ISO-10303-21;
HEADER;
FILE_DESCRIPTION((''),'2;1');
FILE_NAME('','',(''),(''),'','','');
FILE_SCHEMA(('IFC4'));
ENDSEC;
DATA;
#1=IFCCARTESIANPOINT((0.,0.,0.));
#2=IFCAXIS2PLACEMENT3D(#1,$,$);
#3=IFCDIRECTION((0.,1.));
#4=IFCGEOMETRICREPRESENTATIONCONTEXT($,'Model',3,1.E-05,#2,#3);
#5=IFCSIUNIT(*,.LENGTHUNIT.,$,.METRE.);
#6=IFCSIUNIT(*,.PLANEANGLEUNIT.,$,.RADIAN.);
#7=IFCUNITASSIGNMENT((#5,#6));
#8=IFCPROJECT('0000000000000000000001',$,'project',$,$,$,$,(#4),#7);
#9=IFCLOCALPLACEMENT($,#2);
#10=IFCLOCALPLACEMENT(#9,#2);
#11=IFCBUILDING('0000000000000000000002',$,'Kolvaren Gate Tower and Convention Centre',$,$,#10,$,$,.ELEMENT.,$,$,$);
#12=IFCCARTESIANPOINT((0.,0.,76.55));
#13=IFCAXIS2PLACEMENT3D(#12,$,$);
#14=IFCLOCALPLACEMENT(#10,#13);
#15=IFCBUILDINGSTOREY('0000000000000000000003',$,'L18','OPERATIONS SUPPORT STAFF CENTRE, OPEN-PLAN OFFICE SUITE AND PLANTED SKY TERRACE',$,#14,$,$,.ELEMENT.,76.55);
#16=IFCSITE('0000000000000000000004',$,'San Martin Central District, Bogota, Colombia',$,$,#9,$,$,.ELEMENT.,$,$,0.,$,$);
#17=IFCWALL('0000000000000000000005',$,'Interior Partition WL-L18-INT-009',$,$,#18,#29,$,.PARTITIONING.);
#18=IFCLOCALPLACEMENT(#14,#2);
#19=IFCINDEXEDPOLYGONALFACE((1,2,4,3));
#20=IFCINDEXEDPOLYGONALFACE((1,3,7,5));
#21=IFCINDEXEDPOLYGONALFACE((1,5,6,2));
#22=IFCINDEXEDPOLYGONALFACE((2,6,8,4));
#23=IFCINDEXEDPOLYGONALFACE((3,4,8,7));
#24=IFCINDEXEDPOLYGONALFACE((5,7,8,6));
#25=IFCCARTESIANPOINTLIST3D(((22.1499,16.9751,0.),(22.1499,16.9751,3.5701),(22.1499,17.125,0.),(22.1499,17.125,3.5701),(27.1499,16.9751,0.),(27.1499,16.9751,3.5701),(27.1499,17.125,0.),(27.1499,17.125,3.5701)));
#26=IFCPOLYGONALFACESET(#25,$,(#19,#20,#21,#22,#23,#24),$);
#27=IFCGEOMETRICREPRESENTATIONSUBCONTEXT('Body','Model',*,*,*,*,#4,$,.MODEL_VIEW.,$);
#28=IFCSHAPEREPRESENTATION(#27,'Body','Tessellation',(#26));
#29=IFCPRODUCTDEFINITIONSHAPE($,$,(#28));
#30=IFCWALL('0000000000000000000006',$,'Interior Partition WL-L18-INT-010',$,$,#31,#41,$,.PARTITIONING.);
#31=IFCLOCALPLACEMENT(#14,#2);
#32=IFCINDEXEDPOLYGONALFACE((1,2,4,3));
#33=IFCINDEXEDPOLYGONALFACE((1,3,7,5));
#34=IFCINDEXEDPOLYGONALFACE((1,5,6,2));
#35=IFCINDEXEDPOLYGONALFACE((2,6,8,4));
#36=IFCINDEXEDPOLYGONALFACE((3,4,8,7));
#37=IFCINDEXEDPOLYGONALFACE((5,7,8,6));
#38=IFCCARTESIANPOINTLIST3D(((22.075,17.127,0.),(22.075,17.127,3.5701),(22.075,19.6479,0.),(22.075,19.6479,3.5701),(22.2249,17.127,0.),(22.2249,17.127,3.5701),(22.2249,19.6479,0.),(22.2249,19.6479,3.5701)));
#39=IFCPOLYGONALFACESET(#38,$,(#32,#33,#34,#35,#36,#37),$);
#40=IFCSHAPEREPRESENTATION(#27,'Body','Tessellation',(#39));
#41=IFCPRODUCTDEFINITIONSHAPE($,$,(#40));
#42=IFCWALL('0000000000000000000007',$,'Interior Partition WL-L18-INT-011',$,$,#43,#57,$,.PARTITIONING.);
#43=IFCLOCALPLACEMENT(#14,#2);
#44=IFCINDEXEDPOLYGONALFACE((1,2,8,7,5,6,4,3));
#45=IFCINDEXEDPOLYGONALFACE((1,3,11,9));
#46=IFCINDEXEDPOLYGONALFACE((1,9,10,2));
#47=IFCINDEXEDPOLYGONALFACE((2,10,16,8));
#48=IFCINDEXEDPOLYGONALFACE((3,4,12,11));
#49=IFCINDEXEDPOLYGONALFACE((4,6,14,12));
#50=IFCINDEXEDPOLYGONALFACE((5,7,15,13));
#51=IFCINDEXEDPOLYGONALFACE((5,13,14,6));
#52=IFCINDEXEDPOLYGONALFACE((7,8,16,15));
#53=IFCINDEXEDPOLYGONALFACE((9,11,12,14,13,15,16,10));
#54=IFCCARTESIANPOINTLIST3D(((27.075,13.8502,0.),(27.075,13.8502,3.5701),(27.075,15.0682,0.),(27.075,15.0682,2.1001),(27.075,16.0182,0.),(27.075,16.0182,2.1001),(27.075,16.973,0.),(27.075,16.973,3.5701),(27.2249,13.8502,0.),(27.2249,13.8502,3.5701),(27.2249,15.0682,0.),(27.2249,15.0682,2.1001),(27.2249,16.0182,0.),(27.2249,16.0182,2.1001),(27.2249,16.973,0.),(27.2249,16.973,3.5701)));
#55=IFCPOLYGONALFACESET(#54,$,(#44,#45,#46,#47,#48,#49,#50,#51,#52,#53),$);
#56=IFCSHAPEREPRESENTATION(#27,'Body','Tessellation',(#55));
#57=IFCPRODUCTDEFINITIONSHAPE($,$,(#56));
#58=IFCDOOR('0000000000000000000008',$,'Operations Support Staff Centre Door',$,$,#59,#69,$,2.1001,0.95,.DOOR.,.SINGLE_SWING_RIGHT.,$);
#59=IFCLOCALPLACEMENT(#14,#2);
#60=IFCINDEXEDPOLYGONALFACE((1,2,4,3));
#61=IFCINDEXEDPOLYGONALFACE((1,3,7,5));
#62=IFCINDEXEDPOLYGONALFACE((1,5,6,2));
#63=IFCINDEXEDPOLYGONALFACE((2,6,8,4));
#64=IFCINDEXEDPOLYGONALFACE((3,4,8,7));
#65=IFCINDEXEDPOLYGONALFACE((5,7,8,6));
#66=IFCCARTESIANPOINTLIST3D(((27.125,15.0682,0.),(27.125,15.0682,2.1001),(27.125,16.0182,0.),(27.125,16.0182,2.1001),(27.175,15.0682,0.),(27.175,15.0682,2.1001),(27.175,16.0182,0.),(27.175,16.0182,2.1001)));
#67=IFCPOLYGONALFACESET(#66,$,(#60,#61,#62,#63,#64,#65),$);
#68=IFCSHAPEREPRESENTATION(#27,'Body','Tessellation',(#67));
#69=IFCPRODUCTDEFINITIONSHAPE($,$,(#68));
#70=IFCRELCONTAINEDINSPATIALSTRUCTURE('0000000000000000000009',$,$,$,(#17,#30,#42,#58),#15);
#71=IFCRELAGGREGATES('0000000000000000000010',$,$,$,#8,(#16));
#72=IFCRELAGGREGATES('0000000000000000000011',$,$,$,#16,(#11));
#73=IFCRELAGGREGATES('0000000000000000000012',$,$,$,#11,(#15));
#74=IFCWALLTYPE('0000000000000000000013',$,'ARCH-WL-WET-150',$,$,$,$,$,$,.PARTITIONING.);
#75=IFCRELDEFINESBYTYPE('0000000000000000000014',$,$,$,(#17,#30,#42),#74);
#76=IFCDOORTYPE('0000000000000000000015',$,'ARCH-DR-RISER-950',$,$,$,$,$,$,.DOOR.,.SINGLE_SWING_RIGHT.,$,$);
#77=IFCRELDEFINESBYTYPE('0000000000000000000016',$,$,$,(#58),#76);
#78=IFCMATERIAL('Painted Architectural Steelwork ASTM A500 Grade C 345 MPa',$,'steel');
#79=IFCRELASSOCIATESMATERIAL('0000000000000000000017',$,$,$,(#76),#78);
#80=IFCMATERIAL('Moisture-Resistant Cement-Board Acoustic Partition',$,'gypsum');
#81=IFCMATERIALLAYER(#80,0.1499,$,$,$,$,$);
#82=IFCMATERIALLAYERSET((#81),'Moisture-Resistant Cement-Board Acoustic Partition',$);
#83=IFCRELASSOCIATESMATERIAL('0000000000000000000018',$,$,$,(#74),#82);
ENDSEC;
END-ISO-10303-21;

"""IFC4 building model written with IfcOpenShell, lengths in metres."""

from ifc_helpers import new_model, si_unit, direction, frame, frame_2d, origin, place, context, subcontext, project, spatial, rectangle, extrude, material, layer, layer_set, type_object, element, fill, save


model = new_model("IFC4")

# Units and contexts
model_context = context("Model", 3, precision=1e-05, world=origin(), true_north=direction((0.0, 1.0)))
body_context = subcontext(model_context, "Body", "Model", "MODEL_VIEW")
ifc_project = project(units=[si_unit("LENGTHUNIT", "METRE"), si_unit("PLANEANGLEUNIT", "RADIAN")], contexts=[model_context])

# Site, building, storey
site_placement = place(None, origin())
site = spatial("IfcSite", under=ifc_project, at=site_placement, Name="San Martin Central District, Bogota, Colombia", CompositionType="ELEMENT", RefElevation=0.0)
building_placement = place(site_placement, origin())
building = spatial("IfcBuilding", under=site, at=building_placement, Name="Kolvaren Gate Tower and Convention Centre", CompositionType="ELEMENT")
storey_placement = place(building_placement, frame((0.0, 0.0, 76.55)))
storey = spatial("IfcBuildingStorey", under=building, at=storey_placement, Name="L18", Description="OPERATIONS SUPPORT STAFF CENTRE, OPEN-PLAN OFFICE SUITE AND PLANTED SKY TERRACE", CompositionType="ELEMENT", Elevation=76.55)

# Shared definitions
ifc_material_1 = material(Name="Painted Architectural Steelwork ASTM A500 Grade C 345 MPa", Category="steel")
door_type = type_object("IfcDoorType", Name="ARCH-DR-RISER-950", OperationType="SINGLE_SWING_RIGHT", PredefinedType="DOOR", material=ifc_material_1)

# Walls
ifc_material_2 = material(Name="Moisture-Resistant Cement-Board Acoustic Partition", Category="gypsum")
ifc_layer_1 = layer(ifc_material_2, 0.1499)
ifc_layer_set_1 = layer_set([ifc_layer_1], Name="Moisture-Resistant Cement-Board Acoustic Partition")
wall_type_1 = type_object("IfcWallType", Name="ARCH-WL-WET-150", PredefinedType="PARTITIONING", material=ifc_layer_set_1)
wall_1_placement = place(storey_placement, frame((22.1499, 17.05, 0.0), z_axis=(0.0, 0.0, 1.0), x_axis=(1.0, 0.0, 0.0)))
element("IfcWall", 1, at=wall_1_placement, inside=storey, type_object=wall_type_1, Name="Interior Partition WL-L18-INT-009", PredefinedType="PARTITIONING", context=body_context, shape_type="SweptSolid", body=[
    extrude(rectangle(XDim=5.0, YDim=0.1499, at=frame_2d((2.5, 0.0))), origin(), (0.0, 0.0, 1.0), 3.5701),
])
wall_2_placement = place(storey_placement, frame((22.1499, 17.127, 0.0), z_axis=(0.0, 0.0, 1.0), x_axis=(0.0, 1.0, 0.0)))
element("IfcWall", 2, at=wall_2_placement, inside=storey, type_object=wall_type_1, Name="Interior Partition WL-L18-INT-010", PredefinedType="PARTITIONING", context=body_context, shape_type="SweptSolid", body=[
    extrude(rectangle(XDim=2.521, YDim=0.1499, at=frame_2d((1.2605, 0.0))), origin(), (0.0, 0.0, 1.0), 3.5701),
])

# Wall, opening, door
wall_3_placement = place(storey_placement, frame((27.1499, 13.8501, 0.0), z_axis=(0.0, 0.0, 1.0), x_axis=(0.0, 1.0, 0.0)))
wall_3 = element("IfcWall", 3, at=wall_3_placement, inside=storey, type_object=wall_type_1, Name="Interior Partition WL-L18-INT-011", PredefinedType="PARTITIONING", context=body_context, shape_type="SweptSolid", body=[
    extrude(rectangle(XDim=3.1228, YDim=0.1499, at=frame_2d((1.5615, 0.0))), origin(), (0.0, 0.0, 1.0), 3.5701),
])
opening_1_placement = place(wall_3_placement, frame((1.218, 0.0, 0.0)))
opening_1 = element("IfcOpeningElement", 4, at=opening_1_placement, cuts=wall_3, PredefinedType="OPENING", context=body_context, shape_type="SweptSolid", body=[
    extrude(rectangle(XDim=0.95, YDim=2.1001, at=frame_2d((0.4751, 1.05))), frame((0.0, 0.085, 0.0), z_axis=(0.0, -1.0, 0.0), x_axis=(1.0, 0.0, 0.0)), (0.0, 0.0, 1.0), 0.1699),
])
door_1_placement = place(opening_1_placement, origin())
door_1 = element("IfcDoor", 5, at=door_1_placement, inside=storey, type_object=door_type, Name="Operations Support Staff Centre Door", OperationType="SINGLE_SWING_RIGHT", OverallHeight=2.1001, OverallWidth=0.95, PredefinedType="DOOR", context=body_context, shape_type="SweptSolid", body=[
    extrude(rectangle(XDim=0.95, YDim=2.1001, at=frame_2d((0.4751, 1.05))), frame((0.0, 0.0249, 0.0), z_axis=(0.0, -1.0, 0.0), x_axis=(1.0, 0.0, 0.0)), (0.0, 0.0, 1.0), 0.05),
])
fill(opening_1, door_1)

save(model, "model.ifc")
